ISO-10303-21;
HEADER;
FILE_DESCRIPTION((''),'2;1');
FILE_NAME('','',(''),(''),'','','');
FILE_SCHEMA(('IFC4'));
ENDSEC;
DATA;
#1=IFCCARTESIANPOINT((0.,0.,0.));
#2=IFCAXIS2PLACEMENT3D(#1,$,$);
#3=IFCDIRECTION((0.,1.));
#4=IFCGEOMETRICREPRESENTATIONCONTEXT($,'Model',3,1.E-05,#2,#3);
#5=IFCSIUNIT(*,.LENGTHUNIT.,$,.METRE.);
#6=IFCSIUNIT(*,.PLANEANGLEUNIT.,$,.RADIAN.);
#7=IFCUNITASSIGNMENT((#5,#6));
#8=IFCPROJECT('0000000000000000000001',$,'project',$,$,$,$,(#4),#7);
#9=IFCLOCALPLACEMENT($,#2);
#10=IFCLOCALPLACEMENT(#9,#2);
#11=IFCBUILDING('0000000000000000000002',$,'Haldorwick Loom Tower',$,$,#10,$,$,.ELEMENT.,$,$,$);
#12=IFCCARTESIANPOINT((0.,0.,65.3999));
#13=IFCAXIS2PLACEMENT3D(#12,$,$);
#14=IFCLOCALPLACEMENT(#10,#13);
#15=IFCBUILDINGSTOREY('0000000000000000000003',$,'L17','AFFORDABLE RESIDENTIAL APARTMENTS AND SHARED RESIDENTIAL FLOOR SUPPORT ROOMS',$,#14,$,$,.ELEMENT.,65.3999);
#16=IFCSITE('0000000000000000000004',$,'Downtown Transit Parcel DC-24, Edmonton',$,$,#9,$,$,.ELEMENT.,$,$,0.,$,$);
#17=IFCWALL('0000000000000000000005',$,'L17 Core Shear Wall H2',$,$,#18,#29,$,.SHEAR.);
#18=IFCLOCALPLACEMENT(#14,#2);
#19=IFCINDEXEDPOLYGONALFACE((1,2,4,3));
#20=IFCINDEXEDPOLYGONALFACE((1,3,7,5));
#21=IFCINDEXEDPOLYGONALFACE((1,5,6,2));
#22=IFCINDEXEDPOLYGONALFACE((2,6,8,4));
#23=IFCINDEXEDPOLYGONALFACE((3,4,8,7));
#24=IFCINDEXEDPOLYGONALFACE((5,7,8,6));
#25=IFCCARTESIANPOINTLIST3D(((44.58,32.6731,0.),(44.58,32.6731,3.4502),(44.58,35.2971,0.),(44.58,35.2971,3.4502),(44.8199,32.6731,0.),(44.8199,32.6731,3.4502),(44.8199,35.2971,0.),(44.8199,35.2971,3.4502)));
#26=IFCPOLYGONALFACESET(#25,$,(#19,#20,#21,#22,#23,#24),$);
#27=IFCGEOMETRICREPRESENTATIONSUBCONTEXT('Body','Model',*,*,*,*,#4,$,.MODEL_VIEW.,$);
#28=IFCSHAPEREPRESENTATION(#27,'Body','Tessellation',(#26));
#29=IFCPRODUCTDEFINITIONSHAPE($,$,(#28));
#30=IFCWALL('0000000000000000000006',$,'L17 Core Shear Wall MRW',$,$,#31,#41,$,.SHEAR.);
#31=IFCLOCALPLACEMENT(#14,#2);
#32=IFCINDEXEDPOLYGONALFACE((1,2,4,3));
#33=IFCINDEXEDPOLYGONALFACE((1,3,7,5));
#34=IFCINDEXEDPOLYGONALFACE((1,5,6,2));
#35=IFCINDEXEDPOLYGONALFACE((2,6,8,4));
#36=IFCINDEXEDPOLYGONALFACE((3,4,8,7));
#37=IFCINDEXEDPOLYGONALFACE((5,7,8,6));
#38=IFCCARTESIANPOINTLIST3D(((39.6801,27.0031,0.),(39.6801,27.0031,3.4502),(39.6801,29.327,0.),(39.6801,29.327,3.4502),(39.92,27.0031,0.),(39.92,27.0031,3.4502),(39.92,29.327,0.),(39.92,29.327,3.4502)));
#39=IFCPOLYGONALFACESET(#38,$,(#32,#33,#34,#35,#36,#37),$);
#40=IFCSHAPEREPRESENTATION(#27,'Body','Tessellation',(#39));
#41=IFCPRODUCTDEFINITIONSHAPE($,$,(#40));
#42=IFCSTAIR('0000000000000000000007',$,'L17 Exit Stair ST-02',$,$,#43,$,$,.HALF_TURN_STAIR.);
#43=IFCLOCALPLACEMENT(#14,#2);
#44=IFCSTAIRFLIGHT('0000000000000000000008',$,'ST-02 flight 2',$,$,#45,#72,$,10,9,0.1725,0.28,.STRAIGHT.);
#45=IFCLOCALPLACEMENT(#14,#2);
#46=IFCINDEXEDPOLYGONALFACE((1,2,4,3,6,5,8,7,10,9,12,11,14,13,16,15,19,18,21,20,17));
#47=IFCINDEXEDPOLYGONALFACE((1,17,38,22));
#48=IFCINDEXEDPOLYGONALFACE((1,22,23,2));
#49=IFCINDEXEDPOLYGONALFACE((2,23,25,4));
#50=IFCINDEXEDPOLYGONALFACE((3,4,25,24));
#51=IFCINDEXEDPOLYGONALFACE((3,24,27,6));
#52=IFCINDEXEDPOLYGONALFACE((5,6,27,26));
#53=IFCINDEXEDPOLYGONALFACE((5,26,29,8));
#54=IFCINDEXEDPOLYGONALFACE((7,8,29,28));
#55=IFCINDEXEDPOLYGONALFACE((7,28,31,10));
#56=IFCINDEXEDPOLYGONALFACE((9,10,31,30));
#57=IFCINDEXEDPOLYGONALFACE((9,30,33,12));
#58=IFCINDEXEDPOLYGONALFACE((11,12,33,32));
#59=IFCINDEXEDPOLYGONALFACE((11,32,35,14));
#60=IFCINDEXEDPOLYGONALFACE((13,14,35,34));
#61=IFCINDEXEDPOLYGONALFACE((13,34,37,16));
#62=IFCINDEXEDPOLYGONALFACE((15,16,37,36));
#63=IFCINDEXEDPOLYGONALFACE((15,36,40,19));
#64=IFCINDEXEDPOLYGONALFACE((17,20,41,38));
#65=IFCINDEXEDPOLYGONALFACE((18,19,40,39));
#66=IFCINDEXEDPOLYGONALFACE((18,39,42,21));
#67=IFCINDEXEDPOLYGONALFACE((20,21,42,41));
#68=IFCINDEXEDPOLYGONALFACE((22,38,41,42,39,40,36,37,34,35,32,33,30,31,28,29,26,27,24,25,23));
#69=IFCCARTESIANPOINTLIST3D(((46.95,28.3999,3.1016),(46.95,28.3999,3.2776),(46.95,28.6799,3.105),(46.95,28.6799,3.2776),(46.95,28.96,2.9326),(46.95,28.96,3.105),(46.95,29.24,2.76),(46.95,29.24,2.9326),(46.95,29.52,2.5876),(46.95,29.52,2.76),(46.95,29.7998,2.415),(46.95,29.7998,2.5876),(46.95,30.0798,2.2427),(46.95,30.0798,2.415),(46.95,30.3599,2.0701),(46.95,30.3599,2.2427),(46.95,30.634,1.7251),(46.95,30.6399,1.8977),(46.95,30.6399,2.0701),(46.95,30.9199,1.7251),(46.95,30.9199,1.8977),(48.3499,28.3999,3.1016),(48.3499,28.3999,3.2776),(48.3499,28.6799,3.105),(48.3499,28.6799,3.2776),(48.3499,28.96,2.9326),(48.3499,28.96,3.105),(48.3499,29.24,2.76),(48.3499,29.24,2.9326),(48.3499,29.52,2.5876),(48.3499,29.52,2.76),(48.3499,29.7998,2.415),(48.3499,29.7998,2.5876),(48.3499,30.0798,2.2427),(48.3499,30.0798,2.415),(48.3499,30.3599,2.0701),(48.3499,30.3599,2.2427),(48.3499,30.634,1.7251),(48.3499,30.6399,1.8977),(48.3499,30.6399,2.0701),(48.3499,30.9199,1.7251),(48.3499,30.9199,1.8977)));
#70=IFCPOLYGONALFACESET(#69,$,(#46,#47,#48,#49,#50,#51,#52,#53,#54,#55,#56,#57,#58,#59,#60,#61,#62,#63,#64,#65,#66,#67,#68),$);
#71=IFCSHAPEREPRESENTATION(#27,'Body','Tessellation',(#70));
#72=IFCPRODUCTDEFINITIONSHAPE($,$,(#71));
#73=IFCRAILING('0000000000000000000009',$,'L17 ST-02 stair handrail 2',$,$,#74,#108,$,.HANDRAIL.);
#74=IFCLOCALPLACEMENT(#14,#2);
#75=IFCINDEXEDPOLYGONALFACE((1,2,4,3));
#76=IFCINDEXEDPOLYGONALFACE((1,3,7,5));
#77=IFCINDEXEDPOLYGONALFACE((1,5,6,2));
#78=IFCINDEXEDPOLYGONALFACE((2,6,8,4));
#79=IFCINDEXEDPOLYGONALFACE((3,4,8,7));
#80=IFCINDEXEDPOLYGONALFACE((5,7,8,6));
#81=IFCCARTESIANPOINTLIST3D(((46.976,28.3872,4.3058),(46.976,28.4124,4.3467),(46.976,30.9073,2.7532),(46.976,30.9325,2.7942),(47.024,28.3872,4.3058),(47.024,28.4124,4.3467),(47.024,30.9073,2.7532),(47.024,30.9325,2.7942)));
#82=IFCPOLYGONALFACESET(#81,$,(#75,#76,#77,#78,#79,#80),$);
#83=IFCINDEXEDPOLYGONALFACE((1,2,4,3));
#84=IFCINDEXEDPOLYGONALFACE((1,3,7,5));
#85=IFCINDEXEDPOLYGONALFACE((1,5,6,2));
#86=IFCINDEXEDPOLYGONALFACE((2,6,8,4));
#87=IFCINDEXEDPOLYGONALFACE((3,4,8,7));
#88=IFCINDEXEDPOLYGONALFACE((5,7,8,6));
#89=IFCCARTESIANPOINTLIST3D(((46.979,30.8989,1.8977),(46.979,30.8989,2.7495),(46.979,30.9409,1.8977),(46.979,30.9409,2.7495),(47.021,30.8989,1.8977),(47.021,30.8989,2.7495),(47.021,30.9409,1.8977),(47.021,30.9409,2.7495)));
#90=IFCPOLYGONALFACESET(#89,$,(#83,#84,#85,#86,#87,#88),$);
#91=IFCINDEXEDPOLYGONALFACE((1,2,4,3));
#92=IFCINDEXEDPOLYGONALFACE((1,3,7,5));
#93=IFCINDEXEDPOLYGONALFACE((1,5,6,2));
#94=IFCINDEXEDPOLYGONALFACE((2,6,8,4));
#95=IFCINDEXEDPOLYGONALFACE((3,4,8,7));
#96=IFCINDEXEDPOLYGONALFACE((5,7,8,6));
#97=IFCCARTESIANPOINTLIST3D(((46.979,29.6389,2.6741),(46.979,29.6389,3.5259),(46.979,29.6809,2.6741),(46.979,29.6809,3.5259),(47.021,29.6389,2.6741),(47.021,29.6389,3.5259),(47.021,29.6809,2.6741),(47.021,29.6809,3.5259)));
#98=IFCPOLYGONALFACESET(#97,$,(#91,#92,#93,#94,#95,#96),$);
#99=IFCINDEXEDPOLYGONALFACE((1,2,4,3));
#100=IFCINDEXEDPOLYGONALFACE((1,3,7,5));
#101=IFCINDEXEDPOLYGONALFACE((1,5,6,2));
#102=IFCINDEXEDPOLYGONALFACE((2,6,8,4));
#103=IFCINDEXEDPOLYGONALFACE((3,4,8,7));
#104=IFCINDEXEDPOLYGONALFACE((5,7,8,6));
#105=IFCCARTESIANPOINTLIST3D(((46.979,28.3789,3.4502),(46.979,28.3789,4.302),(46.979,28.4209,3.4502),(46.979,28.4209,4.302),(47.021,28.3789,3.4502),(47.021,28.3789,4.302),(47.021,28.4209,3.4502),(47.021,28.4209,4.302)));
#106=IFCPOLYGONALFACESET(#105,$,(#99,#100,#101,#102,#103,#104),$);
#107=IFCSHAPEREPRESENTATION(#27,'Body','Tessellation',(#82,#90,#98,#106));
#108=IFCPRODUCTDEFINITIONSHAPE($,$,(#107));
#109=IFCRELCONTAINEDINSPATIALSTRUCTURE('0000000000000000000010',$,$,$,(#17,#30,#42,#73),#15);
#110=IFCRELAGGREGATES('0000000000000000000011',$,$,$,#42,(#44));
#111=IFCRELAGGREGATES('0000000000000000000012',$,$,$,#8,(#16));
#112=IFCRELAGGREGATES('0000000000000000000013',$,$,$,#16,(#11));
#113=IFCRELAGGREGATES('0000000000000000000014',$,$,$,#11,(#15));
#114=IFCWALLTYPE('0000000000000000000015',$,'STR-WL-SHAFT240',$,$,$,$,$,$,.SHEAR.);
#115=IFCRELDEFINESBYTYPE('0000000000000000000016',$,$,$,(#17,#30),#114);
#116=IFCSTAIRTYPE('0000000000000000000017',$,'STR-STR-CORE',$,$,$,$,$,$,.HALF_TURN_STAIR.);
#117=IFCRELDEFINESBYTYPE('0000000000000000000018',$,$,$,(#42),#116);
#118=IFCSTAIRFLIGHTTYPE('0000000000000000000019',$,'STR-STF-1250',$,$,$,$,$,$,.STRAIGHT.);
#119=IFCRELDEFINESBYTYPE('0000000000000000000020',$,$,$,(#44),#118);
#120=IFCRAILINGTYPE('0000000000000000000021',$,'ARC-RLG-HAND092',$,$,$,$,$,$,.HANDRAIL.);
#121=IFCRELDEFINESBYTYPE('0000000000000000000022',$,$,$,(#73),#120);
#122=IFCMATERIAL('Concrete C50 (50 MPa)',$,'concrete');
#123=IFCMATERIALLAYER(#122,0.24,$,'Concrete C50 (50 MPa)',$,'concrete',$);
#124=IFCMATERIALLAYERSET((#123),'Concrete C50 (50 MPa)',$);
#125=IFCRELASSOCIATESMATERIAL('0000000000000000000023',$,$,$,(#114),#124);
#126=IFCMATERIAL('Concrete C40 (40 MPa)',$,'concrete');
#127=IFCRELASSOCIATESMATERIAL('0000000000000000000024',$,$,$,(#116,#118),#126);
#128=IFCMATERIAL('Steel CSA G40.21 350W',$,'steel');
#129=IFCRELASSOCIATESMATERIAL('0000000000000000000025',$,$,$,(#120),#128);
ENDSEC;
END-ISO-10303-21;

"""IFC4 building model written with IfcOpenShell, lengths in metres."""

from ifc_helpers import new_model, si_unit, direction, frame, frame_2d, origin, origin_2d, place, context, subcontext, project, spatial, polyline, rectangle, outline, extrude, material, layer, layer_set, type_object, element, aggregate, save


model = new_model("IFC4")

# Units and contexts
model_context = context("Model", 3, precision=1e-05, world=origin(), true_north=direction((0.0, 1.0)))
body_context = subcontext(model_context, "Body", "Model", "MODEL_VIEW")
ifc_project = project(units=[si_unit("LENGTHUNIT", "METRE"), si_unit("PLANEANGLEUNIT", "RADIAN")], contexts=[model_context])

# Site, building, storey
site_placement = place(None, origin())
site = spatial("IfcSite", under=ifc_project, at=site_placement, Name="Downtown Transit Parcel DC-24, Edmonton", CompositionType="ELEMENT", RefElevation=0.0)
building_placement = place(site_placement, origin())
building = spatial("IfcBuilding", under=site, at=building_placement, Name="Haldorwick Loom Tower", CompositionType="ELEMENT")
storey_placement = place(building_placement, frame((0.0, 0.0, 65.3999)))
storey = spatial("IfcBuildingStorey", under=building, at=storey_placement, Name="L17", Description="AFFORDABLE RESIDENTIAL APARTMENTS AND SHARED RESIDENTIAL FLOOR SUPPORT ROOMS", CompositionType="ELEMENT", Elevation=65.3999)

# Shared definitions
ifc_material_1 = material(Name="Steel CSA G40.21 350W", Category="steel")

# Shared definitions
ifc_material_2 = material(Name="Concrete C50 (50 MPa)", Category="concrete")
ifc_layer_1 = layer(ifc_material_2, 0.24, Name="Concrete C50 (50 MPa)", Category="concrete")
ifc_layer_set_1 = layer_set([ifc_layer_1], Name="Concrete C50 (50 MPa)")
wall_type_1 = type_object("IfcWallType", Name="STR-WL-SHAFT240", PredefinedType="SHEAR", material=ifc_layer_set_1)

# Walls
for number, where, z_axis, x_axis, name in (
    (1, (44.7, 32.6731, 0.0), (0.0, 0.0, 1.0), (0.0, 1.0, 0.0), "L17 Core Shear Wall H2"),
):
    element("IfcWall", number, at=place(storey_placement, frame(where, z_axis=z_axis, x_axis=x_axis)), inside=storey, type_object=wall_type_1, Name=name, PredefinedType="SHEAR", context=body_context, shape_type="SweptSolid", body=[
        extrude(rectangle(XDim=2.624, YDim=0.24, at=frame_2d((1.312, 0.0))), origin(), (0.0, 0.0, 1.0), 3.4502),
    ])
wall_1_placement = place(storey_placement, frame((39.8, 27.0029, 0.0), z_axis=(0.0, 0.0, 1.0), x_axis=(0.0, 1.0, 0.0)))
element("IfcWall", 2, at=wall_1_placement, inside=storey, type_object=wall_type_1, Name="L17 Core Shear Wall MRW", PredefinedType="SHEAR", context=body_context, shape_type="SweptSolid", body=[
    extrude(rectangle(XDim=2.324, YDim=0.24, at=frame_2d((1.1621, 0.0))), origin(), (0.0, 0.0, 1.0), 3.4502),
])

# Stair, stair flight
ifc_material_3 = material(Name="Concrete C40 (40 MPa)", Category="concrete")
stair_type = type_object("IfcStairType", Name="STR-STR-CORE", PredefinedType="HALF_TURN_STAIR", material=ifc_material_3)
stair_placement = place(storey_placement, origin())
stair = element("IfcStair", 3, at=stair_placement, inside=storey, type_object=stair_type, Name="L17 Exit Stair ST-02", PredefinedType="HALF_TURN_STAIR")
stair_flight_type = type_object("IfcStairFlightType", Name="STR-STF-1250", PredefinedType="STRAIGHT", material=ifc_material_3)
stair_flight_placement = place(storey_placement, frame((47.6499, 30.9199, 1.7251), z_axis=(0.0, 0.0, 1.0), x_axis=(0.0, -1.0, 0.0)))
stair_flight = element("IfcStairFlight", 4, at=stair_flight_placement, type_object=stair_flight_type, Name="ST-02 flight 2", NumberOfRisers=10, NumberOfTreads=9, PredefinedType="STRAIGHT", RiserHeight=0.1725, TreadLength=0.28, context=body_context, shape_type="SweptSolid", body=[
    extrude(outline(polyline([(0.0, 0.0), (0.0, 0.1726), (0.28, 0.1726), (0.28, 0.345), (0.5601, 0.345), (0.5601, 0.5176), (0.8401, 0.5176), (0.8401, 0.6899), (1.1201, 0.6899), (1.1201, 0.8625), (1.3999, 0.8625), (1.3999, 1.0349), (1.6799, 1.0349), (1.6799, 1.2075), (1.96, 1.2075), (1.96, 1.3799), (2.24, 1.3799), (2.24, 1.5525), (2.52, 1.5525), (2.52, 1.7251), (2.52, 1.3765), (0.2859, 0.0), (0.0, 0.0)])), frame((0.0, 0.7, 0.0), z_axis=(0.0, -1.0, 0.0), x_axis=(1.0, 0.0, 0.0)), (0.0, 0.0, 1.0), 1.3999),
])
aggregate(stair, [stair_flight])

# Railing
railing_type = type_object("IfcRailingType", Name="ARC-RLG-HAND092", PredefinedType="HANDRAIL", material=ifc_material_1)
railing_placement = place(storey_placement, frame((47.0, 30.9199, 1.8977)))
element("IfcRailing", 5, at=railing_placement, inside=storey, type_object=railing_type, Name="L17 ST-02 stair handrail 2", PredefinedType="HANDRAIL", context=body_context, shape_type="SweptSolid", body=[
    extrude(rectangle(XDim=0.0481, YDim=0.0481, at=origin_2d()), frame((0.0, 0.0, 0.876), z_axis=(0.0, -0.8514, 0.524516), x_axis=(1.0, 0.0, 0.0)), (0.0, 0.0, 1.0), 2.96),
    extrude(rectangle(XDim=0.042, YDim=0.042, at=origin_2d()), origin(), (0.0, 0.0, 1.0), 0.8518),
    extrude(rectangle(XDim=0.042, YDim=0.042, at=origin_2d()), frame((0.0, -1.26, 0.7764)), (0.0, 0.0, 1.0), 0.8518),
    extrude(rectangle(XDim=0.042, YDim=0.042, at=origin_2d()), frame((0.0, -2.52, 1.5525)), (0.0, 0.0, 1.0), 0.8518),
])

save(model, "model.ifc")
